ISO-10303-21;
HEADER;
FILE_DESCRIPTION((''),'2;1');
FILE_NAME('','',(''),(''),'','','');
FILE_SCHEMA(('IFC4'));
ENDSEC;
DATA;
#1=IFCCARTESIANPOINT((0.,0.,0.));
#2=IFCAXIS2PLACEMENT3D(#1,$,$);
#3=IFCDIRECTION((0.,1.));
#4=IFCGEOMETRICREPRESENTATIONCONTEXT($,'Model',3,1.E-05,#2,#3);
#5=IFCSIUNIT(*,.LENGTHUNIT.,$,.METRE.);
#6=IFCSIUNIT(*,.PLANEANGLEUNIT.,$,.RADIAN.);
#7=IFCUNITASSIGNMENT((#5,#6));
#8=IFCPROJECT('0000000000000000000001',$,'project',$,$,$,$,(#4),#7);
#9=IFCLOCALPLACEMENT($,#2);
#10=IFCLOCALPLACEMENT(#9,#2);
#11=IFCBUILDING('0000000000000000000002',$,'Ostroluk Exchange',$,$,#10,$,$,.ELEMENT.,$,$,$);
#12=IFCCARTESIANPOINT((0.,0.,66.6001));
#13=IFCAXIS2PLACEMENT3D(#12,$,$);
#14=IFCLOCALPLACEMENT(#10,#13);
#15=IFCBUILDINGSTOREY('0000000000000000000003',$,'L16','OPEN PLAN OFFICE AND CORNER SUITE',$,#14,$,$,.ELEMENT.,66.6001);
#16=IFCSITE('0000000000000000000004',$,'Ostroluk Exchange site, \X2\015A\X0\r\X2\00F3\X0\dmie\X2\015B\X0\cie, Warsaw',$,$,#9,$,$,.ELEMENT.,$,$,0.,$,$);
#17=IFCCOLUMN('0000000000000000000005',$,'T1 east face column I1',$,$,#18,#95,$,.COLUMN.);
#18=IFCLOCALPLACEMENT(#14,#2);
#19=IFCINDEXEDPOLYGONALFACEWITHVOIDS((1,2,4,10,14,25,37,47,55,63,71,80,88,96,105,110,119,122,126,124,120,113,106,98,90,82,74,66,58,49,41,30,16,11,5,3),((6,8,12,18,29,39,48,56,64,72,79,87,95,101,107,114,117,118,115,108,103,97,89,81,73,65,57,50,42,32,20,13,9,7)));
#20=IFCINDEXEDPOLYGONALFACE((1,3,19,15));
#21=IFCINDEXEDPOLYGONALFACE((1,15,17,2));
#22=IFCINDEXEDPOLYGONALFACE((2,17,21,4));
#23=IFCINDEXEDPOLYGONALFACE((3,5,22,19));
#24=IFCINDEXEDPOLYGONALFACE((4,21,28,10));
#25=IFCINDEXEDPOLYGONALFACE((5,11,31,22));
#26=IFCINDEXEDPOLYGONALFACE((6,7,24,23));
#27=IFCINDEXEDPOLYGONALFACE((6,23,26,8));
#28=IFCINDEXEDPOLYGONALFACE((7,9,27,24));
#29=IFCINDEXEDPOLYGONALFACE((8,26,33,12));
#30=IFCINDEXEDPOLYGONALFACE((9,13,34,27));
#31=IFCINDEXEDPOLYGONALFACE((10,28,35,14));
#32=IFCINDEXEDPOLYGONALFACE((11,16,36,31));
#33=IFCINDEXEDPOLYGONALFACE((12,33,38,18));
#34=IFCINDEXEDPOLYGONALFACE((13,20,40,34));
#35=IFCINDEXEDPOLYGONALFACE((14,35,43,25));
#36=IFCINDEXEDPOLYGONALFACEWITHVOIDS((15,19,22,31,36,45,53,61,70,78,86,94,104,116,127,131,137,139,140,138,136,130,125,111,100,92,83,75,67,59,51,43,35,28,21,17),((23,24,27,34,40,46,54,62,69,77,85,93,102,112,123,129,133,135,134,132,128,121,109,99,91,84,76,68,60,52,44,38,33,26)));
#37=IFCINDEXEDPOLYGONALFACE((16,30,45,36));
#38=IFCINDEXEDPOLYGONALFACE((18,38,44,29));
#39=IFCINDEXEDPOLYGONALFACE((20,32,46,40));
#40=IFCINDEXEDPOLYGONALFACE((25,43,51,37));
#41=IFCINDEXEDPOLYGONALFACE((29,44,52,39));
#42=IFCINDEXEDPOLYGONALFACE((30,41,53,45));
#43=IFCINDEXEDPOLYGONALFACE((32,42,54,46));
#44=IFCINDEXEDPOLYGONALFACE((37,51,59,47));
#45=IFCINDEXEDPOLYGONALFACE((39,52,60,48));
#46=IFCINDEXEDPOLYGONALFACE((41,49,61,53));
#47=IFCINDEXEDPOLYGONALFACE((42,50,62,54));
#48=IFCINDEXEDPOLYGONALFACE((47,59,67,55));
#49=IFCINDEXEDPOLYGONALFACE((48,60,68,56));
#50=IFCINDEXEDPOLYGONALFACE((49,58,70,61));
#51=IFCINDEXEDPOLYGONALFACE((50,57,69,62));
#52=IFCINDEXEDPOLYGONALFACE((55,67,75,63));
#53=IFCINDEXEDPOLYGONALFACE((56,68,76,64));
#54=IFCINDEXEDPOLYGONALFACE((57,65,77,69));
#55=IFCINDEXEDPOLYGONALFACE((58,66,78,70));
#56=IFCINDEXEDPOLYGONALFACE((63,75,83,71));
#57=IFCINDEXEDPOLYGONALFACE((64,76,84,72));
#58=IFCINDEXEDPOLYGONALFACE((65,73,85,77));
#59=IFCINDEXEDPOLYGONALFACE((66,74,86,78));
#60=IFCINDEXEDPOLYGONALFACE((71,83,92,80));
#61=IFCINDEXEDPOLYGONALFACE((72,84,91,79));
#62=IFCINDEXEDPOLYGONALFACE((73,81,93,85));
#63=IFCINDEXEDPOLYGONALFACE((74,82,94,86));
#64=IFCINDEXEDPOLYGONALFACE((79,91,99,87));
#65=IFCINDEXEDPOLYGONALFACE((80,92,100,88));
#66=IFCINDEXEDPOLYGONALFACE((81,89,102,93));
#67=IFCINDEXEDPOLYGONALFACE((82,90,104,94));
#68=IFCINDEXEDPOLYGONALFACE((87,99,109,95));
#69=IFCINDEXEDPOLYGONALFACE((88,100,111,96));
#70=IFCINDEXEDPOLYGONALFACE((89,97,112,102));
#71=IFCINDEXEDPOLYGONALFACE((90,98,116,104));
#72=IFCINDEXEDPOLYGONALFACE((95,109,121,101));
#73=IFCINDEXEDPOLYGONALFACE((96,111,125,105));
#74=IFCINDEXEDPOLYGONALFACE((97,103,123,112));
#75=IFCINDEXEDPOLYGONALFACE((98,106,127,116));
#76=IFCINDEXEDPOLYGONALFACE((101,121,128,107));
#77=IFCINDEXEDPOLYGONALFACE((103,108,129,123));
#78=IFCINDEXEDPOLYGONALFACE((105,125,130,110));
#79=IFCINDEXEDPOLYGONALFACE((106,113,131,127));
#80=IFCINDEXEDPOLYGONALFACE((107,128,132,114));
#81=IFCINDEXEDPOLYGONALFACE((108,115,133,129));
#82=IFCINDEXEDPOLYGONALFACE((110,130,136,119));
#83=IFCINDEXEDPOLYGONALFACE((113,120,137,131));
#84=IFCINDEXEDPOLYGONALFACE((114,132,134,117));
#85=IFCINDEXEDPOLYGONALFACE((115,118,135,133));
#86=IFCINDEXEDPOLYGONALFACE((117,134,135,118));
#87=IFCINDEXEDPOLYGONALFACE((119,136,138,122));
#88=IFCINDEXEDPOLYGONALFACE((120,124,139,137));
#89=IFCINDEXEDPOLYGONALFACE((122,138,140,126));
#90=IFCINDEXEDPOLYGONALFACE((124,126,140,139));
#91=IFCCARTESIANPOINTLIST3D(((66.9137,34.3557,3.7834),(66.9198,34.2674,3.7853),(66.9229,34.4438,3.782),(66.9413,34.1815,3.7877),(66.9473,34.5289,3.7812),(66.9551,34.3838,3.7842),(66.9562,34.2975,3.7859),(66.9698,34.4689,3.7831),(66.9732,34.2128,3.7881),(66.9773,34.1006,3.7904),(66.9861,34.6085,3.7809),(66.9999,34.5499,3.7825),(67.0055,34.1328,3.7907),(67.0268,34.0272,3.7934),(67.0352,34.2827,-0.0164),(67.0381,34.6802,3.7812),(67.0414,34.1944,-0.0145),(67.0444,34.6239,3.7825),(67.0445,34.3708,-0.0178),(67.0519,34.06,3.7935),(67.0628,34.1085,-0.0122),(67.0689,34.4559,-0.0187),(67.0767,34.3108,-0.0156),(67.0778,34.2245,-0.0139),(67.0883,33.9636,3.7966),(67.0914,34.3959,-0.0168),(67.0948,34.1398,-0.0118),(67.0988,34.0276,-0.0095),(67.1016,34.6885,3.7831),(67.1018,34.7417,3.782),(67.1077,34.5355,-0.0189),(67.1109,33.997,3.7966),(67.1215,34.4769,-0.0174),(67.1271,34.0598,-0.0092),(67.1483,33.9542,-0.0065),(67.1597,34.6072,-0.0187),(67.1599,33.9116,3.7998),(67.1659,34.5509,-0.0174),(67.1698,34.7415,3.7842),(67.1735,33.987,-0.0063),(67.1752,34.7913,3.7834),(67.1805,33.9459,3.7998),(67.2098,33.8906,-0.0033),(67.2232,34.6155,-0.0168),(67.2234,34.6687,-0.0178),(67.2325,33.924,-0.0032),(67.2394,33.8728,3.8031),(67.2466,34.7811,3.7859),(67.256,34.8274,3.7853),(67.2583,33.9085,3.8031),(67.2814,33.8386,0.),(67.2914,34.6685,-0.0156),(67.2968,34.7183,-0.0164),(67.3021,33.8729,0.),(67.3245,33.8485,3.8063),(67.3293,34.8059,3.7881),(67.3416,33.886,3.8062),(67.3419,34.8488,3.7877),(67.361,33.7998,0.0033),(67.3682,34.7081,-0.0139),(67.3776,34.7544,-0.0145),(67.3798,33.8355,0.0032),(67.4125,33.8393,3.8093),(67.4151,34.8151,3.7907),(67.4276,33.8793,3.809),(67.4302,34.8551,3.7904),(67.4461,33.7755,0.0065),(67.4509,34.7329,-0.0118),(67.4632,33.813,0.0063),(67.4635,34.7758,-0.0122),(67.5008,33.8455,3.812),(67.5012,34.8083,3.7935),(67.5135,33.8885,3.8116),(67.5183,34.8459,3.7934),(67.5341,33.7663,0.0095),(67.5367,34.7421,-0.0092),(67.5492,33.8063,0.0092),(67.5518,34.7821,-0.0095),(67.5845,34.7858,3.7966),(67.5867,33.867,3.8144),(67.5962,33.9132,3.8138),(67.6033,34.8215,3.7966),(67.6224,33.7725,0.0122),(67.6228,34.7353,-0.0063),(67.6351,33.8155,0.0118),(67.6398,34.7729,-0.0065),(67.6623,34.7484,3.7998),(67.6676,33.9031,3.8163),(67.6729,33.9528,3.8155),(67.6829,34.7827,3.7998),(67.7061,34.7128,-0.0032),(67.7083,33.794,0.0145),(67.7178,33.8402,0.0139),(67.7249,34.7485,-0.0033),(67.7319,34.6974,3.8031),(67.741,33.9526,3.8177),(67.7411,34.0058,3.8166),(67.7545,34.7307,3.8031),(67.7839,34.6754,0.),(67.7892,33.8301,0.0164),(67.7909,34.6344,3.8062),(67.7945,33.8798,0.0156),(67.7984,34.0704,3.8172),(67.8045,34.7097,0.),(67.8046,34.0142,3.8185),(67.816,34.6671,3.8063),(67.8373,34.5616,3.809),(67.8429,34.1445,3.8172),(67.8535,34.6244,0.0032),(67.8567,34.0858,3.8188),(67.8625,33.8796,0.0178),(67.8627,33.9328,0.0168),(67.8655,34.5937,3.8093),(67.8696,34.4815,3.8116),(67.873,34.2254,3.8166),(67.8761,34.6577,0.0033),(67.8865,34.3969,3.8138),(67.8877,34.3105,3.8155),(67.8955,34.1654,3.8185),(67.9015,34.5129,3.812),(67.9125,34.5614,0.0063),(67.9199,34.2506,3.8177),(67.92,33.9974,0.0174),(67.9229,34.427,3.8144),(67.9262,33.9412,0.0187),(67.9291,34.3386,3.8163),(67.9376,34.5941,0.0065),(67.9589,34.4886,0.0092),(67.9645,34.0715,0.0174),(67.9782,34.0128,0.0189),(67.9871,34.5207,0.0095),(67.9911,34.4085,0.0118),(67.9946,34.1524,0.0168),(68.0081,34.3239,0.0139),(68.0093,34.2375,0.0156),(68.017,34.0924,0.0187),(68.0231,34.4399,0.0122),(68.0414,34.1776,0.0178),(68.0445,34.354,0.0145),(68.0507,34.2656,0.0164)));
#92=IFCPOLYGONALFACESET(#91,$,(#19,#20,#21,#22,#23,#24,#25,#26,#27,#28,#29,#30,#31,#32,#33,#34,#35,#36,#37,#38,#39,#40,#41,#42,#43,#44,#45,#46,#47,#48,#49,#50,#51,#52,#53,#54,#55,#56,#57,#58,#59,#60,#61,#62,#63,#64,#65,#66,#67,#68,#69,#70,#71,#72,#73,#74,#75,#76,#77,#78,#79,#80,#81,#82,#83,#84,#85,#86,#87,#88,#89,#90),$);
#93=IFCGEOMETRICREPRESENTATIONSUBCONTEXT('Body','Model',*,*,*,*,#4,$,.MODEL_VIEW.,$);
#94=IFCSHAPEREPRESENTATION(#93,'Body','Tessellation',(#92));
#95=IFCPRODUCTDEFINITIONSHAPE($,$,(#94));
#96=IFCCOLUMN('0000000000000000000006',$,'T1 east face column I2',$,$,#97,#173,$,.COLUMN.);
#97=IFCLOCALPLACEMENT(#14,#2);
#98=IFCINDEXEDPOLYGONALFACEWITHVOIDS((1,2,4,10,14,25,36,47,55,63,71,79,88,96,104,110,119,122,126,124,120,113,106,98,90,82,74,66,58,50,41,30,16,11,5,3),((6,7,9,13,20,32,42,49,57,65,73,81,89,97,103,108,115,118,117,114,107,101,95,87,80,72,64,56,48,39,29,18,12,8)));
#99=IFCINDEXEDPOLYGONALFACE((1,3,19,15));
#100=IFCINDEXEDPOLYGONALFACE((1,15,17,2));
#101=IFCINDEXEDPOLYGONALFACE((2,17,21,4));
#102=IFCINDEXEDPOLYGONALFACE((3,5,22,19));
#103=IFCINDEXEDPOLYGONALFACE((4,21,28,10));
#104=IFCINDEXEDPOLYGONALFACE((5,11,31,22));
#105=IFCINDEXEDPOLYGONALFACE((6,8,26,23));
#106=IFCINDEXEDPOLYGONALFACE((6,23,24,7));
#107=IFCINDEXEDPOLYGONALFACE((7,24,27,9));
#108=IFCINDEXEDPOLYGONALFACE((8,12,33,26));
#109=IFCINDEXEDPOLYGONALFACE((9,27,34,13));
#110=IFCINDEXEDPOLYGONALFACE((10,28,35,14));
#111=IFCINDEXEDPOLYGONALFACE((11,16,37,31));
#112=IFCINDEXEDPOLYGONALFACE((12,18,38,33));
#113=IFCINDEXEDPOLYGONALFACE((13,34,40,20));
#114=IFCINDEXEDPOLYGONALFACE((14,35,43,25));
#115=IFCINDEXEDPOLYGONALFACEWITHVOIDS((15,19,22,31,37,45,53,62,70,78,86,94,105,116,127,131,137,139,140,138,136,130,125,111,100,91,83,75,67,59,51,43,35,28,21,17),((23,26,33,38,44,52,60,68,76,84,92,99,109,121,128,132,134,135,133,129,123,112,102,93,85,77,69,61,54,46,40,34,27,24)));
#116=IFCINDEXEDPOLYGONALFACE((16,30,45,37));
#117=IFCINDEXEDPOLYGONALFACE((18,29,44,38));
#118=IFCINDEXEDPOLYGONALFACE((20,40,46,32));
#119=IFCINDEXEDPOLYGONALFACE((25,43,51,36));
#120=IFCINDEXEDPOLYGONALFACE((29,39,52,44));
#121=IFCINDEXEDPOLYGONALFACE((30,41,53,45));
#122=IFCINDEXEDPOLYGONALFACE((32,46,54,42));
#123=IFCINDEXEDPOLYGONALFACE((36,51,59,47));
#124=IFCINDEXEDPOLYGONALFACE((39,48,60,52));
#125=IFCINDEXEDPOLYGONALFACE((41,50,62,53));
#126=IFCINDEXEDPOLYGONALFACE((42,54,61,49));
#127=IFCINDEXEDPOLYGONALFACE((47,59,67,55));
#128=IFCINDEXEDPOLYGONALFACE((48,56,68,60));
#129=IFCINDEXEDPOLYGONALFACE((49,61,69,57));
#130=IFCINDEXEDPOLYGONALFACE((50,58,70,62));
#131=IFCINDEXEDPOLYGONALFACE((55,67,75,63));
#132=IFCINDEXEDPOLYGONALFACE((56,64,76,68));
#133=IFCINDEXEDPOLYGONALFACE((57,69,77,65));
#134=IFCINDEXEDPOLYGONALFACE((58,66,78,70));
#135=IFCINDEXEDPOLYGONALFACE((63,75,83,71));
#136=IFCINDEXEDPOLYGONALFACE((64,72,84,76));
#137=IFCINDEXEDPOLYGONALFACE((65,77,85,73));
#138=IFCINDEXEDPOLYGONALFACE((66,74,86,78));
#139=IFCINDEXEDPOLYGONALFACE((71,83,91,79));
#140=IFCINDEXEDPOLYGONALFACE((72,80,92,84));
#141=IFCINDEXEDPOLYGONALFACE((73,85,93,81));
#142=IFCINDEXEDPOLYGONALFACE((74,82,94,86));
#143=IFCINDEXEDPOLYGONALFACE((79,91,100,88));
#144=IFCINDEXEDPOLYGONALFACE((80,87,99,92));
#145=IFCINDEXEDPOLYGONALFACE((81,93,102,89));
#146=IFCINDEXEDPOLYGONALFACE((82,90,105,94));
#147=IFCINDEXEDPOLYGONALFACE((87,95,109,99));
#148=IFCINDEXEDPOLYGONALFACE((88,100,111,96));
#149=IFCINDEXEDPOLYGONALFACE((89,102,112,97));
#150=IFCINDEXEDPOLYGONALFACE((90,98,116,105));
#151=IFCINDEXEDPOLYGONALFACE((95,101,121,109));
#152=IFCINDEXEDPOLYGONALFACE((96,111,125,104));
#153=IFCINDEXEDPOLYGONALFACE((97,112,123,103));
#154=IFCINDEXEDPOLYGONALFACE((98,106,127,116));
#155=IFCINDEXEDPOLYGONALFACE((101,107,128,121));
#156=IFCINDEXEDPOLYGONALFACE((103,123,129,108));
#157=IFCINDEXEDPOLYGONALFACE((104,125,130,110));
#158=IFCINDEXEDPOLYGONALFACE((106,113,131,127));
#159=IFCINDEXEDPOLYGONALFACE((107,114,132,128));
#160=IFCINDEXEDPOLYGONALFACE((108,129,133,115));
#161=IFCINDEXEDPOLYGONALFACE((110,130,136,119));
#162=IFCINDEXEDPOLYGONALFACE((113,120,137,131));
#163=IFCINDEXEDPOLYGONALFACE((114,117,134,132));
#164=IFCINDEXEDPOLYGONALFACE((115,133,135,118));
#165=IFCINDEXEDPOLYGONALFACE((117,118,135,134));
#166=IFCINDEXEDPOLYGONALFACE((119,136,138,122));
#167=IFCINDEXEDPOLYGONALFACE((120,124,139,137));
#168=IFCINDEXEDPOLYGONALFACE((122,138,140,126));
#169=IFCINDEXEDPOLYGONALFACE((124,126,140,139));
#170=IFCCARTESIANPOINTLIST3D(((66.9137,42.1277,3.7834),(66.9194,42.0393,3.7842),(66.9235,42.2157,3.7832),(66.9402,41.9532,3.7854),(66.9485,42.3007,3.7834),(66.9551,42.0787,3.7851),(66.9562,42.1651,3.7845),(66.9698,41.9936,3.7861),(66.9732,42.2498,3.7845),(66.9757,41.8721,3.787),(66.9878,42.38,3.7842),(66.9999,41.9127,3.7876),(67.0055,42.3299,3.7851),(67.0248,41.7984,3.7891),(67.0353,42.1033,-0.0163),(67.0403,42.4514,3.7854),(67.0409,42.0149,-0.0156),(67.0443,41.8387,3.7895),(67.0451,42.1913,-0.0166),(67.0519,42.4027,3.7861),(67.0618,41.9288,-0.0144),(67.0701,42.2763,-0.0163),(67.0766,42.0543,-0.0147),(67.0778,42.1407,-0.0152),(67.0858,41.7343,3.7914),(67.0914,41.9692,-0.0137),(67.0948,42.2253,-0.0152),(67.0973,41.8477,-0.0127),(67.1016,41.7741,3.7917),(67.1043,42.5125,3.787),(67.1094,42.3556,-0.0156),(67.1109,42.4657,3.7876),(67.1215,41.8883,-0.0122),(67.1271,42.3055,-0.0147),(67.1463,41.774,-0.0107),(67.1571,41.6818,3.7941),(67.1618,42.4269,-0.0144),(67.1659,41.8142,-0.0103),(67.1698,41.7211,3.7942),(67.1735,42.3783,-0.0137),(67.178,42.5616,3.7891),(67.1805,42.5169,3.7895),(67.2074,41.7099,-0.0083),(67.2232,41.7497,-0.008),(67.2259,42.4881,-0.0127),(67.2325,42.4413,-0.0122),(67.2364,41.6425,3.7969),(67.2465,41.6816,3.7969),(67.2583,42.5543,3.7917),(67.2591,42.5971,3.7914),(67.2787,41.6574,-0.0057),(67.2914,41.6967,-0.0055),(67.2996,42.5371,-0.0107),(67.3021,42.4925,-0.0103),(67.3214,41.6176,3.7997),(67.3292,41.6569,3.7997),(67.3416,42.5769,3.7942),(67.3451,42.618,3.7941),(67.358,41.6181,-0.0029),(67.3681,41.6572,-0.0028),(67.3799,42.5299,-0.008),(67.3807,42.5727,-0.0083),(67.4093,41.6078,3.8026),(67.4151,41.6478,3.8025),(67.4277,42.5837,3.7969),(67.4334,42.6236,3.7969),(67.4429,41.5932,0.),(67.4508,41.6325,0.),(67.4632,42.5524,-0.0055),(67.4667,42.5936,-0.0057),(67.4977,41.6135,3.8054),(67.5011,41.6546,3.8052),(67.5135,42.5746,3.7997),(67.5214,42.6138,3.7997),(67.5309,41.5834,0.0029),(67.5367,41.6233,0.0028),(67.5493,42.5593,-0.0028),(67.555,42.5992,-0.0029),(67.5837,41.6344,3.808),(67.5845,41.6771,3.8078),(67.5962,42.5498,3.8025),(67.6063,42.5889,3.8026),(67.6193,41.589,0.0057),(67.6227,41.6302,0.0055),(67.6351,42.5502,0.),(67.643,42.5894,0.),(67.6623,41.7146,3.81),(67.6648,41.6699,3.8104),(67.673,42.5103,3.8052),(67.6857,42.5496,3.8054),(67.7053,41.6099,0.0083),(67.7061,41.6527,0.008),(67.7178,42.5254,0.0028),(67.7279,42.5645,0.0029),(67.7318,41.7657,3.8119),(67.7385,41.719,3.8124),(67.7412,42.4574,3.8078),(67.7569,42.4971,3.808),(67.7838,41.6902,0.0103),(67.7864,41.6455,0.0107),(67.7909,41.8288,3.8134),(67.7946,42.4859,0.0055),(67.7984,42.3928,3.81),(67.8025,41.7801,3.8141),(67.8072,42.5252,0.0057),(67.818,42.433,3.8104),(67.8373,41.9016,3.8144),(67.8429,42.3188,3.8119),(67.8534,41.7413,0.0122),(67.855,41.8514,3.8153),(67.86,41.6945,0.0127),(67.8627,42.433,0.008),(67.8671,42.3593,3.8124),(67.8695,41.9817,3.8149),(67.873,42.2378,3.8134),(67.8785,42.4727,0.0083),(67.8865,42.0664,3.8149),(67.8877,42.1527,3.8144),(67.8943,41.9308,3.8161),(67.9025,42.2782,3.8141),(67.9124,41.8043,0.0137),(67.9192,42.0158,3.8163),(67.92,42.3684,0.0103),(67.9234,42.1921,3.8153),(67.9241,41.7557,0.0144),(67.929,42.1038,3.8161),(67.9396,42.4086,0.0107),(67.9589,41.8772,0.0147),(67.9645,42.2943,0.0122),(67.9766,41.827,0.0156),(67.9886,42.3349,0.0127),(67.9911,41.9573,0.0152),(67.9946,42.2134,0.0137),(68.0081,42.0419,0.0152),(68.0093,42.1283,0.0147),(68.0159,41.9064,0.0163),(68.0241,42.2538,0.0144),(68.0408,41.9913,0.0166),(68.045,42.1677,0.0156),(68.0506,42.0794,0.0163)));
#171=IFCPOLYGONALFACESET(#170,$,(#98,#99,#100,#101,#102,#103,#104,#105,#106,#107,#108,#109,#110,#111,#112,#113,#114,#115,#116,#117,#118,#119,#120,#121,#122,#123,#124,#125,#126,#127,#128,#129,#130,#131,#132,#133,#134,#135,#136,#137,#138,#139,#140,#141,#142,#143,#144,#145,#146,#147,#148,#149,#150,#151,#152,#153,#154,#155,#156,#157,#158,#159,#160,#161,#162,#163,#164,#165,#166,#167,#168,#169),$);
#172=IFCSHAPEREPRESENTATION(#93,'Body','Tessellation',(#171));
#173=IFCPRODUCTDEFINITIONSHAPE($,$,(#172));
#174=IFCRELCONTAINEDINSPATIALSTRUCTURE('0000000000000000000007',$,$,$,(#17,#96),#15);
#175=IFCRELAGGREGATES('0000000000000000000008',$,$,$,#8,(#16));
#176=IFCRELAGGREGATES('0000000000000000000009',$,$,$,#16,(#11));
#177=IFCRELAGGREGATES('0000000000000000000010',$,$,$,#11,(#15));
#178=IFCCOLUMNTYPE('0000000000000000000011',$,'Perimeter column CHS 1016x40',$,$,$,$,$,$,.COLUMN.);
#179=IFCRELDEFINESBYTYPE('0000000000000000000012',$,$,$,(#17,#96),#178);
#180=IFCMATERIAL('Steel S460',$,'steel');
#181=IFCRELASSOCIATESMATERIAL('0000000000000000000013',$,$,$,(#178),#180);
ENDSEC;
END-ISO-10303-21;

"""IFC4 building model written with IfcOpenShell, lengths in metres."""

from ifc_helpers import new_model, si_unit, direction, frame, origin, origin_2d, place, context, subcontext, project, spatial, hollow_circle, extrude, material, material_profile, profile_set, type_object, element, save


model = new_model("IFC4")

# Units and contexts
model_context = context("Model", 3, precision=1e-05, world=origin(), true_north=direction((0.0, 1.0)))
body_context = subcontext(model_context, "Body", "Model", "MODEL_VIEW")
ifc_project = project(units=[si_unit("LENGTHUNIT", "METRE"), si_unit("PLANEANGLEUNIT", "RADIAN")], contexts=[model_context])

# Site, building, storey
site_placement = place(None, origin())
site = spatial("IfcSite", under=ifc_project, at=site_placement, Name="Ostroluk Exchange site, Śródmieście, Warsaw", CompositionType="ELEMENT", RefElevation=0.0)
building_placement = place(site_placement, origin())
building = spatial("IfcBuilding", under=site, at=building_placement, Name="Ostroluk Exchange", CompositionType="ELEMENT")
storey_placement = place(building_placement, frame((0.0, 0.0, 66.6001)))
storey = spatial("IfcBuildingStorey", under=building, at=storey_placement, Name="L16", Description="OPEN PLAN OFFICE AND CORNER SUITE", CompositionType="ELEMENT", Elevation=66.6001)

# Columns
ifc_material_1 = material(Name="Steel S460", Category="steel")
ifc_material_profile_1 = material_profile(ifc_material_1, hollow_circle(Radius=0.5081, WallThickness=0.04, at=origin_2d()), Name="CHS 1016x40")
ifc_profile_set_1 = profile_set([ifc_material_profile_1], Name="Steel S460")
column_type_1 = type_object("IfcColumnType", Name="Perimeter column CHS 1016x40", PredefinedType="COLUMN", material=ifc_profile_set_1)
column_1_placement = place(storey_placement, frame((67.543, 34.2742, 0.0), z_axis=(-0.031975, 0.019198, 0.999304), x_axis=(-0.514749, -0.857341, 0.0)))
element("IfcColumn", 1, at=column_1_placement, inside=storey, type_object=column_type_1, Name="T1 east face column I1", PredefinedType="COLUMN", context=body_context, shape_type="SweptSolid", body=[
    extrude(hollow_circle(Radius=0.5081, WallThickness=0.04, at=origin_2d()), origin(), (0.0, 0.0, 1.0), 3.8025),
])
column_2_placement = place(storey_placement, frame((67.543, 42.0913, 0.0), z_axis=(-0.03198, 0.006422, 0.999468), x_axis=(-0.196873, -0.980429, 0.0)))
element("IfcColumn", 2, at=column_2_placement, inside=storey, type_object=column_type_1, Name="T1 east face column I2", PredefinedType="COLUMN", context=body_context, shape_type="SweptSolid", body=[
    extrude(hollow_circle(Radius=0.5081, WallThickness=0.04, at=origin_2d()), origin(), (0.0, 0.0, 1.0), 3.8018),
])

save(model, "model.ifc")
